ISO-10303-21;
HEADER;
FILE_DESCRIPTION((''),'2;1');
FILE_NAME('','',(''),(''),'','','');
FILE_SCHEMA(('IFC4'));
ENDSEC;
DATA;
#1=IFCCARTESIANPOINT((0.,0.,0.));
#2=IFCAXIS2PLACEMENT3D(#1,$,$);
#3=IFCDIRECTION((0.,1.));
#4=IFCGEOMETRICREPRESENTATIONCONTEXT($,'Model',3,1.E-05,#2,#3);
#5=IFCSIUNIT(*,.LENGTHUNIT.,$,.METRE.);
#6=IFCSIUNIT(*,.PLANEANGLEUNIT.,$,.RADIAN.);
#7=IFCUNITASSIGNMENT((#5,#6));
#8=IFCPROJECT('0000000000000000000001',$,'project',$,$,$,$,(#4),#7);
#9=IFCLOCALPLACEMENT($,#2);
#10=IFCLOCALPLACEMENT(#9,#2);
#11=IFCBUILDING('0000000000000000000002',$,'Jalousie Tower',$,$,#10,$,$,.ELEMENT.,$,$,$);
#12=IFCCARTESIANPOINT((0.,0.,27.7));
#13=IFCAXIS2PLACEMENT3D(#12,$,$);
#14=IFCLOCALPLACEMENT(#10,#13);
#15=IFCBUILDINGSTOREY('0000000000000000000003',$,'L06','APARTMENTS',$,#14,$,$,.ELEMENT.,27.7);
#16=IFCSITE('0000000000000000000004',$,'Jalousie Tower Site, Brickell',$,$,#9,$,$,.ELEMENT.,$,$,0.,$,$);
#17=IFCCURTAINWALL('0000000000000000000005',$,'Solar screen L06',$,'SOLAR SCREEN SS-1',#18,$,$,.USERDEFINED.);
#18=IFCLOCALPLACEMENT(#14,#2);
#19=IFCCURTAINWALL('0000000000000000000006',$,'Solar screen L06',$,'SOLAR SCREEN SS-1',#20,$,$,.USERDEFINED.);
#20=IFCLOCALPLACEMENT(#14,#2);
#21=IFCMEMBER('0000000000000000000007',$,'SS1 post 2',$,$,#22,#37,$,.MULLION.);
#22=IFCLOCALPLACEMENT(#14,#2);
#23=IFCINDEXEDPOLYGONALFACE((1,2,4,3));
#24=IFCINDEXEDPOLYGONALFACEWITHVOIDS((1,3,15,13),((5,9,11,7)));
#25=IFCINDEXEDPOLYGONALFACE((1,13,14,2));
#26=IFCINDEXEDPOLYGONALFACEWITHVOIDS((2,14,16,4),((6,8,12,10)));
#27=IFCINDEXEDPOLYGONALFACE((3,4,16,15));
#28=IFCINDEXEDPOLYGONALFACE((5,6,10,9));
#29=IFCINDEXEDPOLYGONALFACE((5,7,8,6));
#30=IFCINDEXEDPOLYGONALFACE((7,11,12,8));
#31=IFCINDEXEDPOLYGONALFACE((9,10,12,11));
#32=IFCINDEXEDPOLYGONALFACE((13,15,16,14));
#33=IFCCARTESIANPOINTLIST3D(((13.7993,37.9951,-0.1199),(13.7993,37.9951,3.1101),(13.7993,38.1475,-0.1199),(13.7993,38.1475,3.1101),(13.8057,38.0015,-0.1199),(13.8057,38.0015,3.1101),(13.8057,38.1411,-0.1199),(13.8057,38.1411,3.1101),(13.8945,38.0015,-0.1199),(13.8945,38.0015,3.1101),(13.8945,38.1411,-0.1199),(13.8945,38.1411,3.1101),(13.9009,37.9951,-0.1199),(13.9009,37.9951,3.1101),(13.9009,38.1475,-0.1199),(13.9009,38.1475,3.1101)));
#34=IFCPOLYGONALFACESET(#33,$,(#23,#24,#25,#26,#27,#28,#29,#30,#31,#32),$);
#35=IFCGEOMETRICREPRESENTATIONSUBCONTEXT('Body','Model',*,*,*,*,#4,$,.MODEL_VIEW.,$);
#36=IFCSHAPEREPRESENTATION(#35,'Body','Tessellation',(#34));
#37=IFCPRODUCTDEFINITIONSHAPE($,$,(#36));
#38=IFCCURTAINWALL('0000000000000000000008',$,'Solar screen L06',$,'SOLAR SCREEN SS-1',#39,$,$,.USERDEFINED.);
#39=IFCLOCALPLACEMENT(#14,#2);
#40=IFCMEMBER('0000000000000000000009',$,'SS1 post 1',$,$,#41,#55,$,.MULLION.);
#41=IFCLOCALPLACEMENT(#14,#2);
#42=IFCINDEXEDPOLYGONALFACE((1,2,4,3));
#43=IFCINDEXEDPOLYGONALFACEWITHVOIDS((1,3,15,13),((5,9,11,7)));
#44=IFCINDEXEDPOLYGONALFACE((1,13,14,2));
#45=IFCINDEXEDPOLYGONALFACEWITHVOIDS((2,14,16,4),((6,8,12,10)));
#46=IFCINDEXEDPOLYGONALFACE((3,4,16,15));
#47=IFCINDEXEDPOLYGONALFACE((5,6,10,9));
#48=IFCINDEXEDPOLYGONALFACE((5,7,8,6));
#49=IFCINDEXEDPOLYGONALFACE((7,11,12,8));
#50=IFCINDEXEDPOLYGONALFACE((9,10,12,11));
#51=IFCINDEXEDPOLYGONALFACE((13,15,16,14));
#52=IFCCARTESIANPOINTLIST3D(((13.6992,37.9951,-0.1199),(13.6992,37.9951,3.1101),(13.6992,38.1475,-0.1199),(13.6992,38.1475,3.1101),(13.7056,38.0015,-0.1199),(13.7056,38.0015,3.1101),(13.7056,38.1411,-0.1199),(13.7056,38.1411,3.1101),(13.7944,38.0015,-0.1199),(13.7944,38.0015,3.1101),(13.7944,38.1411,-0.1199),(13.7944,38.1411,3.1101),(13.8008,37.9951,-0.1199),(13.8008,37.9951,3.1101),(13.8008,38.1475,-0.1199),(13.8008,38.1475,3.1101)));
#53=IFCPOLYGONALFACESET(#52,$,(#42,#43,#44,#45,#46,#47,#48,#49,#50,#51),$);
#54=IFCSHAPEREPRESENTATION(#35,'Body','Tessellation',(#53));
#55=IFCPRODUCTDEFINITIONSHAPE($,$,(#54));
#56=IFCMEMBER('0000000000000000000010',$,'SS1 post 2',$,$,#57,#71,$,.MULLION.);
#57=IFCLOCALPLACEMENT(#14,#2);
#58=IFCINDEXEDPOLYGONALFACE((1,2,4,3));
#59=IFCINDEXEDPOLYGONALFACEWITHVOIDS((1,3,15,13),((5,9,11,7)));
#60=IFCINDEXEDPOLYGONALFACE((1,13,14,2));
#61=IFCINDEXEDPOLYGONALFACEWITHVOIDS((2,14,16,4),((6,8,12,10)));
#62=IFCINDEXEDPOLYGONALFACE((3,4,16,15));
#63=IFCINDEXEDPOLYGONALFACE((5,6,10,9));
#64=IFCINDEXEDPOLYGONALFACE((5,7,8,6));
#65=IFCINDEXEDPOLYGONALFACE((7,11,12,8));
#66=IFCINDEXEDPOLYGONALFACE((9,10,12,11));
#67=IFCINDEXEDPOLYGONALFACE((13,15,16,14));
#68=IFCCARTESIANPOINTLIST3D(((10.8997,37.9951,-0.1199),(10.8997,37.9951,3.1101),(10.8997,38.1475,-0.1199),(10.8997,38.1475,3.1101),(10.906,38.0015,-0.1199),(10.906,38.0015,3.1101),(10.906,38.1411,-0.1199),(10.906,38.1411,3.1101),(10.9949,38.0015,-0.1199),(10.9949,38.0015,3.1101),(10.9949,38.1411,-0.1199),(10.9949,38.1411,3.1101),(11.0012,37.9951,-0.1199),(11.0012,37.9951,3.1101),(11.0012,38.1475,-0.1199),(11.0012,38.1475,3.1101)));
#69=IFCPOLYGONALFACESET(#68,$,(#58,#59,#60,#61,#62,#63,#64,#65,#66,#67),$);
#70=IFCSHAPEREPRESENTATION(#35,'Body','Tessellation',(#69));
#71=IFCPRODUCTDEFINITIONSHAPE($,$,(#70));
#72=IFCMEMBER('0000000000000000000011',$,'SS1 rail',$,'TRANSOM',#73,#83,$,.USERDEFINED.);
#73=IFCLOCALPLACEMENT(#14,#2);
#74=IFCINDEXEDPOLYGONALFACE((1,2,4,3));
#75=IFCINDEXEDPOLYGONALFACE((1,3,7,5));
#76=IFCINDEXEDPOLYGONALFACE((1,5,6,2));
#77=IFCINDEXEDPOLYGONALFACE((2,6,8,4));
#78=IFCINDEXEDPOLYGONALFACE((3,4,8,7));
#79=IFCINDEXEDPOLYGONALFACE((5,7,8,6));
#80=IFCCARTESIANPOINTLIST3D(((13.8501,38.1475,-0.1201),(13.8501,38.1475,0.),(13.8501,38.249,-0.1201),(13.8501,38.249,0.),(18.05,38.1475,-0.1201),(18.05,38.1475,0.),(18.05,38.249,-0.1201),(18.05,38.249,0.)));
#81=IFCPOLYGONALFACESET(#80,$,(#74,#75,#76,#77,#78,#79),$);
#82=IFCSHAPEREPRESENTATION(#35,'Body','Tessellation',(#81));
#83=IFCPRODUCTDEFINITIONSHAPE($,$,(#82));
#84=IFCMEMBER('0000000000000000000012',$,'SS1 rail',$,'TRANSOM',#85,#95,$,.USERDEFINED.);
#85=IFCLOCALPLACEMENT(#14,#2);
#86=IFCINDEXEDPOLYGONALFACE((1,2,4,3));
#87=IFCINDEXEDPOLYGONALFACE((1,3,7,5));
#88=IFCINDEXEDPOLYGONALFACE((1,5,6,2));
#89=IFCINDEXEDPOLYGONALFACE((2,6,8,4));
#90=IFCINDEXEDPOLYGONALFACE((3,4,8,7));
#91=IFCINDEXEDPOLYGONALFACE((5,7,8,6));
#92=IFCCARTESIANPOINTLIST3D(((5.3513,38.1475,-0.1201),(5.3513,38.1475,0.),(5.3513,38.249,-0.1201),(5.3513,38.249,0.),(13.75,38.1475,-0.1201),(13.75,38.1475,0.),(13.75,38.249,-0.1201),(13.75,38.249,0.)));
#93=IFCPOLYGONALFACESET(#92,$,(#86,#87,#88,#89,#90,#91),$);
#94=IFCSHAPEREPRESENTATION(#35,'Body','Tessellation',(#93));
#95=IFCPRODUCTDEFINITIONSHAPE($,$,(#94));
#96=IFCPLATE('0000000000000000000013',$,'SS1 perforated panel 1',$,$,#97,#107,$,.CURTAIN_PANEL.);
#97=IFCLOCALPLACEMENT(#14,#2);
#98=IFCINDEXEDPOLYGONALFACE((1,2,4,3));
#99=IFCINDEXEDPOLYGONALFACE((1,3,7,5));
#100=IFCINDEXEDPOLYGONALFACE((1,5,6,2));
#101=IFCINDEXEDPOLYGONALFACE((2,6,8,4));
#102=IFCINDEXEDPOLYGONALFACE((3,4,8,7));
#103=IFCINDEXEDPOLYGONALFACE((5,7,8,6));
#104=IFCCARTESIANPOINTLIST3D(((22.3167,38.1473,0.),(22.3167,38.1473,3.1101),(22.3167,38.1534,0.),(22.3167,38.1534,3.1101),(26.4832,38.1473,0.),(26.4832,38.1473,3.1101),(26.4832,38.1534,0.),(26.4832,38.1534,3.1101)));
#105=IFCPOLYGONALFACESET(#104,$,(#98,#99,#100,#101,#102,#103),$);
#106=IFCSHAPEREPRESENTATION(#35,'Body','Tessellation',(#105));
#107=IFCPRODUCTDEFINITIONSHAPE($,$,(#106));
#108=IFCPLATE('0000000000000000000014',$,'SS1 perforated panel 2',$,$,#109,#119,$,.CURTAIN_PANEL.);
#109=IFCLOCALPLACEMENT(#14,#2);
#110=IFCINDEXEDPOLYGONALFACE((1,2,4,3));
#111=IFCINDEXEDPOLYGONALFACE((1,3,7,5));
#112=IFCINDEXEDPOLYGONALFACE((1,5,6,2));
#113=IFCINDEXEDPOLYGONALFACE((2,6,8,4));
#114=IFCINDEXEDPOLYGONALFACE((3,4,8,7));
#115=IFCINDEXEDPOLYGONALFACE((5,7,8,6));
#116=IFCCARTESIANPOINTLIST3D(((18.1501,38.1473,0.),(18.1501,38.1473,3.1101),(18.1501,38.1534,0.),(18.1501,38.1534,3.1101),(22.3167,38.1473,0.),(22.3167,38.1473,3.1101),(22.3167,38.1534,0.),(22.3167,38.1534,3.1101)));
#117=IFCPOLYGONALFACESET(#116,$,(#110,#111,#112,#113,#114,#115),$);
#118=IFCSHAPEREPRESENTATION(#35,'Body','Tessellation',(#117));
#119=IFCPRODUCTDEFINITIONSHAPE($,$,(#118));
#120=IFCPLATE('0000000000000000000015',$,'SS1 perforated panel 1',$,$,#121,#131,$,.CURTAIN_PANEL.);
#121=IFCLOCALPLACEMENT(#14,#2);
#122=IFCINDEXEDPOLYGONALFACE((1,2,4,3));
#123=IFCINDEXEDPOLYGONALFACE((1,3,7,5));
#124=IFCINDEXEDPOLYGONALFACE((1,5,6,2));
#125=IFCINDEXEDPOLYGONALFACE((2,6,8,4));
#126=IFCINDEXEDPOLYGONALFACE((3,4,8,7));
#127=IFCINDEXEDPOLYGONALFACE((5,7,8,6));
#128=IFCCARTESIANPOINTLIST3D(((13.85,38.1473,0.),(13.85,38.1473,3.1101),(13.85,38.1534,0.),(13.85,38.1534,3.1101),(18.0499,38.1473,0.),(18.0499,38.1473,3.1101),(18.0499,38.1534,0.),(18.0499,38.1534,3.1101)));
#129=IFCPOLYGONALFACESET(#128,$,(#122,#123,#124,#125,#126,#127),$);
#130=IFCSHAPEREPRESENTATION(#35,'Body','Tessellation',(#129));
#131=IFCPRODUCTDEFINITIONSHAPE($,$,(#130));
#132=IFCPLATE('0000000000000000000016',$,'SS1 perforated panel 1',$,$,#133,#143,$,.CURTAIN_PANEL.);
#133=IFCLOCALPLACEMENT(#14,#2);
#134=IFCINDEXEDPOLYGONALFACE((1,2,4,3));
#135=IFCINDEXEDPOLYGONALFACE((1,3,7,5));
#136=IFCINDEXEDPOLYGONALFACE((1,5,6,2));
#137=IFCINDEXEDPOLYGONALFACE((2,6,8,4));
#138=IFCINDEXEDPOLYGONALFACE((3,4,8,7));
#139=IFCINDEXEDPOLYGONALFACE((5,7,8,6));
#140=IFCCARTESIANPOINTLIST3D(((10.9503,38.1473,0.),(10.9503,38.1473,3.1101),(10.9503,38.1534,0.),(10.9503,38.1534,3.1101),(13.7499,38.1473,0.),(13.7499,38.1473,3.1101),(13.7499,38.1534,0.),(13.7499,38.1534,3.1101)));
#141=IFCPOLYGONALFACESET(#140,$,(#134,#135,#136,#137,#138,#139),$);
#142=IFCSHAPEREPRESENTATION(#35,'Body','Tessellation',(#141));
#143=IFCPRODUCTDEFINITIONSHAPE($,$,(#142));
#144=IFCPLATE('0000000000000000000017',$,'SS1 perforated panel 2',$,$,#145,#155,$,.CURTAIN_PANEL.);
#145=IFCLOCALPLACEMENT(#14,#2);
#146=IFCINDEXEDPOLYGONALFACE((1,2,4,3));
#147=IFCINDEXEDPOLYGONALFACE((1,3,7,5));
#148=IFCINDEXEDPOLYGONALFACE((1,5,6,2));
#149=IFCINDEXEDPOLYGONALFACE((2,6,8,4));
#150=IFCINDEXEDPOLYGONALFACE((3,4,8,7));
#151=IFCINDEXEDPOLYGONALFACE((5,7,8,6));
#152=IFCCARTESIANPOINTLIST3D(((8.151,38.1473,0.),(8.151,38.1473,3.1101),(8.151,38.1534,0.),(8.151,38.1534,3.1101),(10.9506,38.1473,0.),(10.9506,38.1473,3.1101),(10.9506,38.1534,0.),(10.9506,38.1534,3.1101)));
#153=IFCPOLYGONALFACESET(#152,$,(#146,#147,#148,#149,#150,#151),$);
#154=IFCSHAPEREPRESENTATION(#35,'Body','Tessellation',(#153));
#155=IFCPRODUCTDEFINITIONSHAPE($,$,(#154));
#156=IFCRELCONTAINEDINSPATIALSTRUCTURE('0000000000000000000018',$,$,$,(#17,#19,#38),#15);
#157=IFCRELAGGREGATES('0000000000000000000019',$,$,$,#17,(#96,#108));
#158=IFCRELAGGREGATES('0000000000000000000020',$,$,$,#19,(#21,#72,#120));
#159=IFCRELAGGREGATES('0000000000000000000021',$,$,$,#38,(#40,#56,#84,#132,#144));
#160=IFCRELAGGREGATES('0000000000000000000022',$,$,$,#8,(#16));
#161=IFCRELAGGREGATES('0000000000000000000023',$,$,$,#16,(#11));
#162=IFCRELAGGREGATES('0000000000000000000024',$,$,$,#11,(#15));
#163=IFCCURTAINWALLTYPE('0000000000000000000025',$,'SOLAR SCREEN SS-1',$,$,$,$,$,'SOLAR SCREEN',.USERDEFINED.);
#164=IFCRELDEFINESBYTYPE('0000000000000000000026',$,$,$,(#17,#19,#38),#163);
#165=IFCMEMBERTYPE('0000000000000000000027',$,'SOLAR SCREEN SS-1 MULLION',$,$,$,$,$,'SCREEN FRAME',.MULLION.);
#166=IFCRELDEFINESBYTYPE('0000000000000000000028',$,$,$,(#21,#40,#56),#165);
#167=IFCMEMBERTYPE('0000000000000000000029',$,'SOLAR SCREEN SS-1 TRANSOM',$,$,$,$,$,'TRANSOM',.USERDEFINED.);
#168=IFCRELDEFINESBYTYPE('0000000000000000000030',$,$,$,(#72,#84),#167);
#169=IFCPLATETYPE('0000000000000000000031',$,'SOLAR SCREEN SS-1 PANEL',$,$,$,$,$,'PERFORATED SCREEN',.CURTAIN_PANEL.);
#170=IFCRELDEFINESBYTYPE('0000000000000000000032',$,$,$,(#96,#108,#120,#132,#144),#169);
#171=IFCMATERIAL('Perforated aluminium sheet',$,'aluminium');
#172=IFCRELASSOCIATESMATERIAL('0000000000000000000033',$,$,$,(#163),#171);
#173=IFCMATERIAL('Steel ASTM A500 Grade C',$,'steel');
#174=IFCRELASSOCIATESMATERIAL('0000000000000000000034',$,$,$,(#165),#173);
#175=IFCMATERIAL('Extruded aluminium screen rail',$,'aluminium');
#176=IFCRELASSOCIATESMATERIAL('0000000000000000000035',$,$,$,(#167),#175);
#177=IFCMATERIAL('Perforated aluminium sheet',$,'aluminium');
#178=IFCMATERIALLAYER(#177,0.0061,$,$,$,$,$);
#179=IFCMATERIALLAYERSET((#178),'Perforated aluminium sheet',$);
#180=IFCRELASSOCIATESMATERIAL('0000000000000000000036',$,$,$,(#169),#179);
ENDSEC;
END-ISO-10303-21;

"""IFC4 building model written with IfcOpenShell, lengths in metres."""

from ifc_helpers import new_model, si_unit, direction, frame, origin, origin_2d, place, context, subcontext, project, spatial, rectangle, hollow_rectangle, extrude, material, layer, layer_set, material_profile, profile_set, type_object, element, aggregate, save


model = new_model("IFC4")

# Units and contexts
model_context = context("Model", 3, precision=1e-05, world=origin(), true_north=direction((0.0, 1.0)))
body_context = subcontext(model_context, "Body", "Model", "MODEL_VIEW")
ifc_project = project(units=[si_unit("LENGTHUNIT", "METRE"), si_unit("PLANEANGLEUNIT", "RADIAN")], contexts=[model_context])

# Site, building, storey
site_placement = place(None, origin())
site = spatial("IfcSite", under=ifc_project, at=site_placement, Name="Jalousie Tower Site, Brickell", CompositionType="ELEMENT", RefElevation=0.0)
building_placement = place(site_placement, origin())
building = spatial("IfcBuilding", under=site, at=building_placement, Name="Jalousie Tower", CompositionType="ELEMENT")
storey_placement = place(building_placement, frame((0.0, 0.0, 27.7)))
storey = spatial("IfcBuildingStorey", under=building, at=storey_placement, Name="L06", Description="APARTMENTS", CompositionType="ELEMENT", Elevation=27.7)

# Curtain walls, members
ifc_material_1 = material(Name="Perforated aluminium sheet", Category="aluminium")
curtain_wall_type = type_object("IfcCurtainWallType", Name="SOLAR SCREEN SS-1", ElementType="SOLAR SCREEN", PredefinedType="USERDEFINED", material=ifc_material_1)
curtain_wall_1_placement = place(storey_placement, origin())
curtain_wall_1 = element("IfcCurtainWall", 1, at=curtain_wall_1_placement, inside=storey, type_object=curtain_wall_type, Name="Solar screen L06", ObjectType="SOLAR SCREEN SS-1", PredefinedType="USERDEFINED")
ifc_material_2 = material(Name="Steel ASTM A500 Grade C", Category="steel")
ifc_material_profile_1 = material_profile(ifc_material_2, hollow_rectangle(XDim=0.1016, YDim=0.1523, WallThickness=0.0063, at=origin_2d()), Name="HSS6X4X1/4")
ifc_profile_set_1 = profile_set([ifc_material_profile_1], Name="Steel ASTM A500 Grade C")
member_type_1 = type_object("IfcMemberType", Name="SOLAR SCREEN SS-1 MULLION", ElementType="SCREEN FRAME", PredefinedType="MULLION", material=ifc_profile_set_1)
curtain_wall_2_placement = place(storey_placement, origin())
curtain_wall_2 = element("IfcCurtainWall", 2, at=curtain_wall_2_placement, inside=storey, type_object=curtain_wall_type, Name="Solar screen L06", ObjectType="SOLAR SCREEN SS-1", PredefinedType="USERDEFINED")
member_1_placement = place(storey_placement, frame((13.8501, 38.0713, -0.1199), z_axis=(0.0, 0.0, 1.0), x_axis=(-1.0, 0.0, 0.0)))
member_1 = element("IfcMember", 3, at=member_1_placement, type_object=member_type_1, Name="SS1 post 2", PredefinedType="MULLION", context=body_context, shape_type="SweptSolid", body=[
    extrude(hollow_rectangle(XDim=0.1016, YDim=0.1523, WallThickness=0.0063, at=origin_2d()), origin(), (0.0, 0.0, 1.0), 3.23),
])
curtain_wall_3_placement = place(storey_placement, origin())
curtain_wall_3 = element("IfcCurtainWall", 4, at=curtain_wall_3_placement, inside=storey, type_object=curtain_wall_type, Name="Solar screen L06", ObjectType="SOLAR SCREEN SS-1", PredefinedType="USERDEFINED")
member_2_placement = place(storey_placement, frame((13.75, 38.0713, -0.1199), z_axis=(0.0, 0.0, 1.0), x_axis=(-1.0, 0.0, 0.0)))
member_2 = element("IfcMember", 5, at=member_2_placement, type_object=member_type_1, Name="SS1 post 1", PredefinedType="MULLION", context=body_context, shape_type="SweptSolid", body=[
    extrude(hollow_rectangle(XDim=0.1016, YDim=0.1523, WallThickness=0.0063, at=origin_2d()), origin(), (0.0, 0.0, 1.0), 3.23),
])
member_3_placement = place(storey_placement, frame((10.9504, 38.0713, -0.1199), z_axis=(0.0, 0.0, 1.0), x_axis=(-1.0, 0.0, 0.0)))
member_3 = element("IfcMember", 6, at=member_3_placement, type_object=member_type_1, Name="SS1 post 2", PredefinedType="MULLION", context=body_context, shape_type="SweptSolid", body=[
    extrude(hollow_rectangle(XDim=0.1016, YDim=0.1523, WallThickness=0.0063, at=origin_2d()), origin(), (0.0, 0.0, 1.0), 3.23),
])

# Members
ifc_material_3 = material(Name="Extruded aluminium screen rail", Category="aluminium")
ifc_material_profile_2 = material_profile(ifc_material_3, rectangle(XDim=0.1016, YDim=0.1201, at=origin_2d()), Name="RAIL 102x120")
ifc_profile_set_2 = profile_set([ifc_material_profile_2], Name="Extruded aluminium screen rail")
member_type_2 = type_object("IfcMemberType", Name="SOLAR SCREEN SS-1 TRANSOM", ElementType="TRANSOM", PredefinedType="USERDEFINED", material=ifc_profile_set_2)
member_4_placement = place(storey_placement, frame((18.05, 38.1982, -0.0601), z_axis=(-1.0, 0.0, 0.0), x_axis=(0.0, -1.0, 0.0)))
member_4 = element("IfcMember", 7, at=member_4_placement, type_object=member_type_2, Name="SS1 rail", ObjectType="TRANSOM", PredefinedType="USERDEFINED", context=body_context, shape_type="SweptSolid", body=[
    extrude(rectangle(XDim=0.1016, YDim=0.1201, at=origin_2d()), origin(), (0.0, 0.0, 1.0), 4.2),
])
member_5_placement = place(storey_placement, frame((13.75, 38.1982, -0.0601), z_axis=(-1.0, 0.0, 0.0), x_axis=(0.0, -1.0, 0.0)))
member_5 = element("IfcMember", 8, at=member_5_placement, type_object=member_type_2, Name="SS1 rail", ObjectType="TRANSOM", PredefinedType="USERDEFINED", context=body_context, shape_type="SweptSolid", body=[
    extrude(rectangle(XDim=0.1016, YDim=0.1201, at=origin_2d()), origin(), (0.0, 0.0, 1.0), 8.3987),
])

# Plates
ifc_material_4 = material(Name="Perforated aluminium sheet", Category="aluminium")
ifc_layer_1 = layer(ifc_material_4, 0.0061)
ifc_layer_set_1 = layer_set([ifc_layer_1], Name="Perforated aluminium sheet")
plate_type = type_object("IfcPlateType", Name="SOLAR SCREEN SS-1 PANEL", ElementType="PERFORATED SCREEN", PredefinedType="CURTAIN_PANEL", material=ifc_layer_set_1)
plate_1_placement = place(storey_placement, frame((24.3999, 38.1504, 0.0), z_axis=(0.0, 0.0, 1.0), x_axis=(-1.0, 0.0, 0.0)))
plate_1 = element("IfcPlate", 9, at=plate_1_placement, type_object=plate_type, Name="SS1 perforated panel 1", PredefinedType="CURTAIN_PANEL", context=body_context, shape_type="SweptSolid", body=[
    extrude(rectangle(XDim=4.1665, YDim=0.0061, at=origin_2d()), origin(), (0.0, 0.0, 1.0), 3.1101),
])
plate_2_placement = place(storey_placement, frame((20.2334, 38.1504, 0.0), z_axis=(0.0, 0.0, 1.0), x_axis=(-1.0, 0.0, 0.0)))
plate_2 = element("IfcPlate", 10, at=plate_2_placement, type_object=plate_type, Name="SS1 perforated panel 2", PredefinedType="CURTAIN_PANEL", context=body_context, shape_type="SweptSolid", body=[
    extrude(rectangle(XDim=4.1665, YDim=0.0061, at=origin_2d()), origin(), (0.0, 0.0, 1.0), 3.1101),
])
aggregate(curtain_wall_1, [plate_1, plate_2])
plate_3_placement = place(storey_placement, frame((15.95, 38.1504, 0.0), z_axis=(0.0, 0.0, 1.0), x_axis=(-1.0, 0.0, 0.0)))
plate_3 = element("IfcPlate", 11, at=plate_3_placement, type_object=plate_type, Name="SS1 perforated panel 1", PredefinedType="CURTAIN_PANEL", context=body_context, shape_type="SweptSolid", body=[
    extrude(rectangle(XDim=4.2, YDim=0.0061, at=origin_2d()), origin(), (0.0, 0.0, 1.0), 3.1101),
])
aggregate(curtain_wall_2, [member_1, member_4, plate_3])
plate_4_placement = place(storey_placement, frame((12.3501, 38.1504, 0.0), z_axis=(0.0, 0.0, 1.0), x_axis=(-1.0, 0.0, 0.0)))
plate_4 = element("IfcPlate", 12, at=plate_4_placement, type_object=plate_type, Name="SS1 perforated panel 1", PredefinedType="CURTAIN_PANEL", context=body_context, shape_type="SweptSolid", body=[
    extrude(rectangle(XDim=2.7996, YDim=0.0061, at=origin_2d()), origin(), (0.0, 0.0, 1.0), 3.1101),
])
plate_5_placement = place(storey_placement, frame((9.5508, 38.1504, 0.0), z_axis=(0.0, 0.0, 1.0), x_axis=(-1.0, 0.0, 0.0)))
plate_5 = element("IfcPlate", 13, at=plate_5_placement, type_object=plate_type, Name="SS1 perforated panel 2", PredefinedType="CURTAIN_PANEL", context=body_context, shape_type="SweptSolid", body=[
    extrude(rectangle(XDim=2.7996, YDim=0.0061, at=origin_2d()), origin(), (0.0, 0.0, 1.0), 3.1101),
])
aggregate(curtain_wall_3, [member_2, member_3, member_5, plate_4, plate_5])

save(model, "model.ifc")
